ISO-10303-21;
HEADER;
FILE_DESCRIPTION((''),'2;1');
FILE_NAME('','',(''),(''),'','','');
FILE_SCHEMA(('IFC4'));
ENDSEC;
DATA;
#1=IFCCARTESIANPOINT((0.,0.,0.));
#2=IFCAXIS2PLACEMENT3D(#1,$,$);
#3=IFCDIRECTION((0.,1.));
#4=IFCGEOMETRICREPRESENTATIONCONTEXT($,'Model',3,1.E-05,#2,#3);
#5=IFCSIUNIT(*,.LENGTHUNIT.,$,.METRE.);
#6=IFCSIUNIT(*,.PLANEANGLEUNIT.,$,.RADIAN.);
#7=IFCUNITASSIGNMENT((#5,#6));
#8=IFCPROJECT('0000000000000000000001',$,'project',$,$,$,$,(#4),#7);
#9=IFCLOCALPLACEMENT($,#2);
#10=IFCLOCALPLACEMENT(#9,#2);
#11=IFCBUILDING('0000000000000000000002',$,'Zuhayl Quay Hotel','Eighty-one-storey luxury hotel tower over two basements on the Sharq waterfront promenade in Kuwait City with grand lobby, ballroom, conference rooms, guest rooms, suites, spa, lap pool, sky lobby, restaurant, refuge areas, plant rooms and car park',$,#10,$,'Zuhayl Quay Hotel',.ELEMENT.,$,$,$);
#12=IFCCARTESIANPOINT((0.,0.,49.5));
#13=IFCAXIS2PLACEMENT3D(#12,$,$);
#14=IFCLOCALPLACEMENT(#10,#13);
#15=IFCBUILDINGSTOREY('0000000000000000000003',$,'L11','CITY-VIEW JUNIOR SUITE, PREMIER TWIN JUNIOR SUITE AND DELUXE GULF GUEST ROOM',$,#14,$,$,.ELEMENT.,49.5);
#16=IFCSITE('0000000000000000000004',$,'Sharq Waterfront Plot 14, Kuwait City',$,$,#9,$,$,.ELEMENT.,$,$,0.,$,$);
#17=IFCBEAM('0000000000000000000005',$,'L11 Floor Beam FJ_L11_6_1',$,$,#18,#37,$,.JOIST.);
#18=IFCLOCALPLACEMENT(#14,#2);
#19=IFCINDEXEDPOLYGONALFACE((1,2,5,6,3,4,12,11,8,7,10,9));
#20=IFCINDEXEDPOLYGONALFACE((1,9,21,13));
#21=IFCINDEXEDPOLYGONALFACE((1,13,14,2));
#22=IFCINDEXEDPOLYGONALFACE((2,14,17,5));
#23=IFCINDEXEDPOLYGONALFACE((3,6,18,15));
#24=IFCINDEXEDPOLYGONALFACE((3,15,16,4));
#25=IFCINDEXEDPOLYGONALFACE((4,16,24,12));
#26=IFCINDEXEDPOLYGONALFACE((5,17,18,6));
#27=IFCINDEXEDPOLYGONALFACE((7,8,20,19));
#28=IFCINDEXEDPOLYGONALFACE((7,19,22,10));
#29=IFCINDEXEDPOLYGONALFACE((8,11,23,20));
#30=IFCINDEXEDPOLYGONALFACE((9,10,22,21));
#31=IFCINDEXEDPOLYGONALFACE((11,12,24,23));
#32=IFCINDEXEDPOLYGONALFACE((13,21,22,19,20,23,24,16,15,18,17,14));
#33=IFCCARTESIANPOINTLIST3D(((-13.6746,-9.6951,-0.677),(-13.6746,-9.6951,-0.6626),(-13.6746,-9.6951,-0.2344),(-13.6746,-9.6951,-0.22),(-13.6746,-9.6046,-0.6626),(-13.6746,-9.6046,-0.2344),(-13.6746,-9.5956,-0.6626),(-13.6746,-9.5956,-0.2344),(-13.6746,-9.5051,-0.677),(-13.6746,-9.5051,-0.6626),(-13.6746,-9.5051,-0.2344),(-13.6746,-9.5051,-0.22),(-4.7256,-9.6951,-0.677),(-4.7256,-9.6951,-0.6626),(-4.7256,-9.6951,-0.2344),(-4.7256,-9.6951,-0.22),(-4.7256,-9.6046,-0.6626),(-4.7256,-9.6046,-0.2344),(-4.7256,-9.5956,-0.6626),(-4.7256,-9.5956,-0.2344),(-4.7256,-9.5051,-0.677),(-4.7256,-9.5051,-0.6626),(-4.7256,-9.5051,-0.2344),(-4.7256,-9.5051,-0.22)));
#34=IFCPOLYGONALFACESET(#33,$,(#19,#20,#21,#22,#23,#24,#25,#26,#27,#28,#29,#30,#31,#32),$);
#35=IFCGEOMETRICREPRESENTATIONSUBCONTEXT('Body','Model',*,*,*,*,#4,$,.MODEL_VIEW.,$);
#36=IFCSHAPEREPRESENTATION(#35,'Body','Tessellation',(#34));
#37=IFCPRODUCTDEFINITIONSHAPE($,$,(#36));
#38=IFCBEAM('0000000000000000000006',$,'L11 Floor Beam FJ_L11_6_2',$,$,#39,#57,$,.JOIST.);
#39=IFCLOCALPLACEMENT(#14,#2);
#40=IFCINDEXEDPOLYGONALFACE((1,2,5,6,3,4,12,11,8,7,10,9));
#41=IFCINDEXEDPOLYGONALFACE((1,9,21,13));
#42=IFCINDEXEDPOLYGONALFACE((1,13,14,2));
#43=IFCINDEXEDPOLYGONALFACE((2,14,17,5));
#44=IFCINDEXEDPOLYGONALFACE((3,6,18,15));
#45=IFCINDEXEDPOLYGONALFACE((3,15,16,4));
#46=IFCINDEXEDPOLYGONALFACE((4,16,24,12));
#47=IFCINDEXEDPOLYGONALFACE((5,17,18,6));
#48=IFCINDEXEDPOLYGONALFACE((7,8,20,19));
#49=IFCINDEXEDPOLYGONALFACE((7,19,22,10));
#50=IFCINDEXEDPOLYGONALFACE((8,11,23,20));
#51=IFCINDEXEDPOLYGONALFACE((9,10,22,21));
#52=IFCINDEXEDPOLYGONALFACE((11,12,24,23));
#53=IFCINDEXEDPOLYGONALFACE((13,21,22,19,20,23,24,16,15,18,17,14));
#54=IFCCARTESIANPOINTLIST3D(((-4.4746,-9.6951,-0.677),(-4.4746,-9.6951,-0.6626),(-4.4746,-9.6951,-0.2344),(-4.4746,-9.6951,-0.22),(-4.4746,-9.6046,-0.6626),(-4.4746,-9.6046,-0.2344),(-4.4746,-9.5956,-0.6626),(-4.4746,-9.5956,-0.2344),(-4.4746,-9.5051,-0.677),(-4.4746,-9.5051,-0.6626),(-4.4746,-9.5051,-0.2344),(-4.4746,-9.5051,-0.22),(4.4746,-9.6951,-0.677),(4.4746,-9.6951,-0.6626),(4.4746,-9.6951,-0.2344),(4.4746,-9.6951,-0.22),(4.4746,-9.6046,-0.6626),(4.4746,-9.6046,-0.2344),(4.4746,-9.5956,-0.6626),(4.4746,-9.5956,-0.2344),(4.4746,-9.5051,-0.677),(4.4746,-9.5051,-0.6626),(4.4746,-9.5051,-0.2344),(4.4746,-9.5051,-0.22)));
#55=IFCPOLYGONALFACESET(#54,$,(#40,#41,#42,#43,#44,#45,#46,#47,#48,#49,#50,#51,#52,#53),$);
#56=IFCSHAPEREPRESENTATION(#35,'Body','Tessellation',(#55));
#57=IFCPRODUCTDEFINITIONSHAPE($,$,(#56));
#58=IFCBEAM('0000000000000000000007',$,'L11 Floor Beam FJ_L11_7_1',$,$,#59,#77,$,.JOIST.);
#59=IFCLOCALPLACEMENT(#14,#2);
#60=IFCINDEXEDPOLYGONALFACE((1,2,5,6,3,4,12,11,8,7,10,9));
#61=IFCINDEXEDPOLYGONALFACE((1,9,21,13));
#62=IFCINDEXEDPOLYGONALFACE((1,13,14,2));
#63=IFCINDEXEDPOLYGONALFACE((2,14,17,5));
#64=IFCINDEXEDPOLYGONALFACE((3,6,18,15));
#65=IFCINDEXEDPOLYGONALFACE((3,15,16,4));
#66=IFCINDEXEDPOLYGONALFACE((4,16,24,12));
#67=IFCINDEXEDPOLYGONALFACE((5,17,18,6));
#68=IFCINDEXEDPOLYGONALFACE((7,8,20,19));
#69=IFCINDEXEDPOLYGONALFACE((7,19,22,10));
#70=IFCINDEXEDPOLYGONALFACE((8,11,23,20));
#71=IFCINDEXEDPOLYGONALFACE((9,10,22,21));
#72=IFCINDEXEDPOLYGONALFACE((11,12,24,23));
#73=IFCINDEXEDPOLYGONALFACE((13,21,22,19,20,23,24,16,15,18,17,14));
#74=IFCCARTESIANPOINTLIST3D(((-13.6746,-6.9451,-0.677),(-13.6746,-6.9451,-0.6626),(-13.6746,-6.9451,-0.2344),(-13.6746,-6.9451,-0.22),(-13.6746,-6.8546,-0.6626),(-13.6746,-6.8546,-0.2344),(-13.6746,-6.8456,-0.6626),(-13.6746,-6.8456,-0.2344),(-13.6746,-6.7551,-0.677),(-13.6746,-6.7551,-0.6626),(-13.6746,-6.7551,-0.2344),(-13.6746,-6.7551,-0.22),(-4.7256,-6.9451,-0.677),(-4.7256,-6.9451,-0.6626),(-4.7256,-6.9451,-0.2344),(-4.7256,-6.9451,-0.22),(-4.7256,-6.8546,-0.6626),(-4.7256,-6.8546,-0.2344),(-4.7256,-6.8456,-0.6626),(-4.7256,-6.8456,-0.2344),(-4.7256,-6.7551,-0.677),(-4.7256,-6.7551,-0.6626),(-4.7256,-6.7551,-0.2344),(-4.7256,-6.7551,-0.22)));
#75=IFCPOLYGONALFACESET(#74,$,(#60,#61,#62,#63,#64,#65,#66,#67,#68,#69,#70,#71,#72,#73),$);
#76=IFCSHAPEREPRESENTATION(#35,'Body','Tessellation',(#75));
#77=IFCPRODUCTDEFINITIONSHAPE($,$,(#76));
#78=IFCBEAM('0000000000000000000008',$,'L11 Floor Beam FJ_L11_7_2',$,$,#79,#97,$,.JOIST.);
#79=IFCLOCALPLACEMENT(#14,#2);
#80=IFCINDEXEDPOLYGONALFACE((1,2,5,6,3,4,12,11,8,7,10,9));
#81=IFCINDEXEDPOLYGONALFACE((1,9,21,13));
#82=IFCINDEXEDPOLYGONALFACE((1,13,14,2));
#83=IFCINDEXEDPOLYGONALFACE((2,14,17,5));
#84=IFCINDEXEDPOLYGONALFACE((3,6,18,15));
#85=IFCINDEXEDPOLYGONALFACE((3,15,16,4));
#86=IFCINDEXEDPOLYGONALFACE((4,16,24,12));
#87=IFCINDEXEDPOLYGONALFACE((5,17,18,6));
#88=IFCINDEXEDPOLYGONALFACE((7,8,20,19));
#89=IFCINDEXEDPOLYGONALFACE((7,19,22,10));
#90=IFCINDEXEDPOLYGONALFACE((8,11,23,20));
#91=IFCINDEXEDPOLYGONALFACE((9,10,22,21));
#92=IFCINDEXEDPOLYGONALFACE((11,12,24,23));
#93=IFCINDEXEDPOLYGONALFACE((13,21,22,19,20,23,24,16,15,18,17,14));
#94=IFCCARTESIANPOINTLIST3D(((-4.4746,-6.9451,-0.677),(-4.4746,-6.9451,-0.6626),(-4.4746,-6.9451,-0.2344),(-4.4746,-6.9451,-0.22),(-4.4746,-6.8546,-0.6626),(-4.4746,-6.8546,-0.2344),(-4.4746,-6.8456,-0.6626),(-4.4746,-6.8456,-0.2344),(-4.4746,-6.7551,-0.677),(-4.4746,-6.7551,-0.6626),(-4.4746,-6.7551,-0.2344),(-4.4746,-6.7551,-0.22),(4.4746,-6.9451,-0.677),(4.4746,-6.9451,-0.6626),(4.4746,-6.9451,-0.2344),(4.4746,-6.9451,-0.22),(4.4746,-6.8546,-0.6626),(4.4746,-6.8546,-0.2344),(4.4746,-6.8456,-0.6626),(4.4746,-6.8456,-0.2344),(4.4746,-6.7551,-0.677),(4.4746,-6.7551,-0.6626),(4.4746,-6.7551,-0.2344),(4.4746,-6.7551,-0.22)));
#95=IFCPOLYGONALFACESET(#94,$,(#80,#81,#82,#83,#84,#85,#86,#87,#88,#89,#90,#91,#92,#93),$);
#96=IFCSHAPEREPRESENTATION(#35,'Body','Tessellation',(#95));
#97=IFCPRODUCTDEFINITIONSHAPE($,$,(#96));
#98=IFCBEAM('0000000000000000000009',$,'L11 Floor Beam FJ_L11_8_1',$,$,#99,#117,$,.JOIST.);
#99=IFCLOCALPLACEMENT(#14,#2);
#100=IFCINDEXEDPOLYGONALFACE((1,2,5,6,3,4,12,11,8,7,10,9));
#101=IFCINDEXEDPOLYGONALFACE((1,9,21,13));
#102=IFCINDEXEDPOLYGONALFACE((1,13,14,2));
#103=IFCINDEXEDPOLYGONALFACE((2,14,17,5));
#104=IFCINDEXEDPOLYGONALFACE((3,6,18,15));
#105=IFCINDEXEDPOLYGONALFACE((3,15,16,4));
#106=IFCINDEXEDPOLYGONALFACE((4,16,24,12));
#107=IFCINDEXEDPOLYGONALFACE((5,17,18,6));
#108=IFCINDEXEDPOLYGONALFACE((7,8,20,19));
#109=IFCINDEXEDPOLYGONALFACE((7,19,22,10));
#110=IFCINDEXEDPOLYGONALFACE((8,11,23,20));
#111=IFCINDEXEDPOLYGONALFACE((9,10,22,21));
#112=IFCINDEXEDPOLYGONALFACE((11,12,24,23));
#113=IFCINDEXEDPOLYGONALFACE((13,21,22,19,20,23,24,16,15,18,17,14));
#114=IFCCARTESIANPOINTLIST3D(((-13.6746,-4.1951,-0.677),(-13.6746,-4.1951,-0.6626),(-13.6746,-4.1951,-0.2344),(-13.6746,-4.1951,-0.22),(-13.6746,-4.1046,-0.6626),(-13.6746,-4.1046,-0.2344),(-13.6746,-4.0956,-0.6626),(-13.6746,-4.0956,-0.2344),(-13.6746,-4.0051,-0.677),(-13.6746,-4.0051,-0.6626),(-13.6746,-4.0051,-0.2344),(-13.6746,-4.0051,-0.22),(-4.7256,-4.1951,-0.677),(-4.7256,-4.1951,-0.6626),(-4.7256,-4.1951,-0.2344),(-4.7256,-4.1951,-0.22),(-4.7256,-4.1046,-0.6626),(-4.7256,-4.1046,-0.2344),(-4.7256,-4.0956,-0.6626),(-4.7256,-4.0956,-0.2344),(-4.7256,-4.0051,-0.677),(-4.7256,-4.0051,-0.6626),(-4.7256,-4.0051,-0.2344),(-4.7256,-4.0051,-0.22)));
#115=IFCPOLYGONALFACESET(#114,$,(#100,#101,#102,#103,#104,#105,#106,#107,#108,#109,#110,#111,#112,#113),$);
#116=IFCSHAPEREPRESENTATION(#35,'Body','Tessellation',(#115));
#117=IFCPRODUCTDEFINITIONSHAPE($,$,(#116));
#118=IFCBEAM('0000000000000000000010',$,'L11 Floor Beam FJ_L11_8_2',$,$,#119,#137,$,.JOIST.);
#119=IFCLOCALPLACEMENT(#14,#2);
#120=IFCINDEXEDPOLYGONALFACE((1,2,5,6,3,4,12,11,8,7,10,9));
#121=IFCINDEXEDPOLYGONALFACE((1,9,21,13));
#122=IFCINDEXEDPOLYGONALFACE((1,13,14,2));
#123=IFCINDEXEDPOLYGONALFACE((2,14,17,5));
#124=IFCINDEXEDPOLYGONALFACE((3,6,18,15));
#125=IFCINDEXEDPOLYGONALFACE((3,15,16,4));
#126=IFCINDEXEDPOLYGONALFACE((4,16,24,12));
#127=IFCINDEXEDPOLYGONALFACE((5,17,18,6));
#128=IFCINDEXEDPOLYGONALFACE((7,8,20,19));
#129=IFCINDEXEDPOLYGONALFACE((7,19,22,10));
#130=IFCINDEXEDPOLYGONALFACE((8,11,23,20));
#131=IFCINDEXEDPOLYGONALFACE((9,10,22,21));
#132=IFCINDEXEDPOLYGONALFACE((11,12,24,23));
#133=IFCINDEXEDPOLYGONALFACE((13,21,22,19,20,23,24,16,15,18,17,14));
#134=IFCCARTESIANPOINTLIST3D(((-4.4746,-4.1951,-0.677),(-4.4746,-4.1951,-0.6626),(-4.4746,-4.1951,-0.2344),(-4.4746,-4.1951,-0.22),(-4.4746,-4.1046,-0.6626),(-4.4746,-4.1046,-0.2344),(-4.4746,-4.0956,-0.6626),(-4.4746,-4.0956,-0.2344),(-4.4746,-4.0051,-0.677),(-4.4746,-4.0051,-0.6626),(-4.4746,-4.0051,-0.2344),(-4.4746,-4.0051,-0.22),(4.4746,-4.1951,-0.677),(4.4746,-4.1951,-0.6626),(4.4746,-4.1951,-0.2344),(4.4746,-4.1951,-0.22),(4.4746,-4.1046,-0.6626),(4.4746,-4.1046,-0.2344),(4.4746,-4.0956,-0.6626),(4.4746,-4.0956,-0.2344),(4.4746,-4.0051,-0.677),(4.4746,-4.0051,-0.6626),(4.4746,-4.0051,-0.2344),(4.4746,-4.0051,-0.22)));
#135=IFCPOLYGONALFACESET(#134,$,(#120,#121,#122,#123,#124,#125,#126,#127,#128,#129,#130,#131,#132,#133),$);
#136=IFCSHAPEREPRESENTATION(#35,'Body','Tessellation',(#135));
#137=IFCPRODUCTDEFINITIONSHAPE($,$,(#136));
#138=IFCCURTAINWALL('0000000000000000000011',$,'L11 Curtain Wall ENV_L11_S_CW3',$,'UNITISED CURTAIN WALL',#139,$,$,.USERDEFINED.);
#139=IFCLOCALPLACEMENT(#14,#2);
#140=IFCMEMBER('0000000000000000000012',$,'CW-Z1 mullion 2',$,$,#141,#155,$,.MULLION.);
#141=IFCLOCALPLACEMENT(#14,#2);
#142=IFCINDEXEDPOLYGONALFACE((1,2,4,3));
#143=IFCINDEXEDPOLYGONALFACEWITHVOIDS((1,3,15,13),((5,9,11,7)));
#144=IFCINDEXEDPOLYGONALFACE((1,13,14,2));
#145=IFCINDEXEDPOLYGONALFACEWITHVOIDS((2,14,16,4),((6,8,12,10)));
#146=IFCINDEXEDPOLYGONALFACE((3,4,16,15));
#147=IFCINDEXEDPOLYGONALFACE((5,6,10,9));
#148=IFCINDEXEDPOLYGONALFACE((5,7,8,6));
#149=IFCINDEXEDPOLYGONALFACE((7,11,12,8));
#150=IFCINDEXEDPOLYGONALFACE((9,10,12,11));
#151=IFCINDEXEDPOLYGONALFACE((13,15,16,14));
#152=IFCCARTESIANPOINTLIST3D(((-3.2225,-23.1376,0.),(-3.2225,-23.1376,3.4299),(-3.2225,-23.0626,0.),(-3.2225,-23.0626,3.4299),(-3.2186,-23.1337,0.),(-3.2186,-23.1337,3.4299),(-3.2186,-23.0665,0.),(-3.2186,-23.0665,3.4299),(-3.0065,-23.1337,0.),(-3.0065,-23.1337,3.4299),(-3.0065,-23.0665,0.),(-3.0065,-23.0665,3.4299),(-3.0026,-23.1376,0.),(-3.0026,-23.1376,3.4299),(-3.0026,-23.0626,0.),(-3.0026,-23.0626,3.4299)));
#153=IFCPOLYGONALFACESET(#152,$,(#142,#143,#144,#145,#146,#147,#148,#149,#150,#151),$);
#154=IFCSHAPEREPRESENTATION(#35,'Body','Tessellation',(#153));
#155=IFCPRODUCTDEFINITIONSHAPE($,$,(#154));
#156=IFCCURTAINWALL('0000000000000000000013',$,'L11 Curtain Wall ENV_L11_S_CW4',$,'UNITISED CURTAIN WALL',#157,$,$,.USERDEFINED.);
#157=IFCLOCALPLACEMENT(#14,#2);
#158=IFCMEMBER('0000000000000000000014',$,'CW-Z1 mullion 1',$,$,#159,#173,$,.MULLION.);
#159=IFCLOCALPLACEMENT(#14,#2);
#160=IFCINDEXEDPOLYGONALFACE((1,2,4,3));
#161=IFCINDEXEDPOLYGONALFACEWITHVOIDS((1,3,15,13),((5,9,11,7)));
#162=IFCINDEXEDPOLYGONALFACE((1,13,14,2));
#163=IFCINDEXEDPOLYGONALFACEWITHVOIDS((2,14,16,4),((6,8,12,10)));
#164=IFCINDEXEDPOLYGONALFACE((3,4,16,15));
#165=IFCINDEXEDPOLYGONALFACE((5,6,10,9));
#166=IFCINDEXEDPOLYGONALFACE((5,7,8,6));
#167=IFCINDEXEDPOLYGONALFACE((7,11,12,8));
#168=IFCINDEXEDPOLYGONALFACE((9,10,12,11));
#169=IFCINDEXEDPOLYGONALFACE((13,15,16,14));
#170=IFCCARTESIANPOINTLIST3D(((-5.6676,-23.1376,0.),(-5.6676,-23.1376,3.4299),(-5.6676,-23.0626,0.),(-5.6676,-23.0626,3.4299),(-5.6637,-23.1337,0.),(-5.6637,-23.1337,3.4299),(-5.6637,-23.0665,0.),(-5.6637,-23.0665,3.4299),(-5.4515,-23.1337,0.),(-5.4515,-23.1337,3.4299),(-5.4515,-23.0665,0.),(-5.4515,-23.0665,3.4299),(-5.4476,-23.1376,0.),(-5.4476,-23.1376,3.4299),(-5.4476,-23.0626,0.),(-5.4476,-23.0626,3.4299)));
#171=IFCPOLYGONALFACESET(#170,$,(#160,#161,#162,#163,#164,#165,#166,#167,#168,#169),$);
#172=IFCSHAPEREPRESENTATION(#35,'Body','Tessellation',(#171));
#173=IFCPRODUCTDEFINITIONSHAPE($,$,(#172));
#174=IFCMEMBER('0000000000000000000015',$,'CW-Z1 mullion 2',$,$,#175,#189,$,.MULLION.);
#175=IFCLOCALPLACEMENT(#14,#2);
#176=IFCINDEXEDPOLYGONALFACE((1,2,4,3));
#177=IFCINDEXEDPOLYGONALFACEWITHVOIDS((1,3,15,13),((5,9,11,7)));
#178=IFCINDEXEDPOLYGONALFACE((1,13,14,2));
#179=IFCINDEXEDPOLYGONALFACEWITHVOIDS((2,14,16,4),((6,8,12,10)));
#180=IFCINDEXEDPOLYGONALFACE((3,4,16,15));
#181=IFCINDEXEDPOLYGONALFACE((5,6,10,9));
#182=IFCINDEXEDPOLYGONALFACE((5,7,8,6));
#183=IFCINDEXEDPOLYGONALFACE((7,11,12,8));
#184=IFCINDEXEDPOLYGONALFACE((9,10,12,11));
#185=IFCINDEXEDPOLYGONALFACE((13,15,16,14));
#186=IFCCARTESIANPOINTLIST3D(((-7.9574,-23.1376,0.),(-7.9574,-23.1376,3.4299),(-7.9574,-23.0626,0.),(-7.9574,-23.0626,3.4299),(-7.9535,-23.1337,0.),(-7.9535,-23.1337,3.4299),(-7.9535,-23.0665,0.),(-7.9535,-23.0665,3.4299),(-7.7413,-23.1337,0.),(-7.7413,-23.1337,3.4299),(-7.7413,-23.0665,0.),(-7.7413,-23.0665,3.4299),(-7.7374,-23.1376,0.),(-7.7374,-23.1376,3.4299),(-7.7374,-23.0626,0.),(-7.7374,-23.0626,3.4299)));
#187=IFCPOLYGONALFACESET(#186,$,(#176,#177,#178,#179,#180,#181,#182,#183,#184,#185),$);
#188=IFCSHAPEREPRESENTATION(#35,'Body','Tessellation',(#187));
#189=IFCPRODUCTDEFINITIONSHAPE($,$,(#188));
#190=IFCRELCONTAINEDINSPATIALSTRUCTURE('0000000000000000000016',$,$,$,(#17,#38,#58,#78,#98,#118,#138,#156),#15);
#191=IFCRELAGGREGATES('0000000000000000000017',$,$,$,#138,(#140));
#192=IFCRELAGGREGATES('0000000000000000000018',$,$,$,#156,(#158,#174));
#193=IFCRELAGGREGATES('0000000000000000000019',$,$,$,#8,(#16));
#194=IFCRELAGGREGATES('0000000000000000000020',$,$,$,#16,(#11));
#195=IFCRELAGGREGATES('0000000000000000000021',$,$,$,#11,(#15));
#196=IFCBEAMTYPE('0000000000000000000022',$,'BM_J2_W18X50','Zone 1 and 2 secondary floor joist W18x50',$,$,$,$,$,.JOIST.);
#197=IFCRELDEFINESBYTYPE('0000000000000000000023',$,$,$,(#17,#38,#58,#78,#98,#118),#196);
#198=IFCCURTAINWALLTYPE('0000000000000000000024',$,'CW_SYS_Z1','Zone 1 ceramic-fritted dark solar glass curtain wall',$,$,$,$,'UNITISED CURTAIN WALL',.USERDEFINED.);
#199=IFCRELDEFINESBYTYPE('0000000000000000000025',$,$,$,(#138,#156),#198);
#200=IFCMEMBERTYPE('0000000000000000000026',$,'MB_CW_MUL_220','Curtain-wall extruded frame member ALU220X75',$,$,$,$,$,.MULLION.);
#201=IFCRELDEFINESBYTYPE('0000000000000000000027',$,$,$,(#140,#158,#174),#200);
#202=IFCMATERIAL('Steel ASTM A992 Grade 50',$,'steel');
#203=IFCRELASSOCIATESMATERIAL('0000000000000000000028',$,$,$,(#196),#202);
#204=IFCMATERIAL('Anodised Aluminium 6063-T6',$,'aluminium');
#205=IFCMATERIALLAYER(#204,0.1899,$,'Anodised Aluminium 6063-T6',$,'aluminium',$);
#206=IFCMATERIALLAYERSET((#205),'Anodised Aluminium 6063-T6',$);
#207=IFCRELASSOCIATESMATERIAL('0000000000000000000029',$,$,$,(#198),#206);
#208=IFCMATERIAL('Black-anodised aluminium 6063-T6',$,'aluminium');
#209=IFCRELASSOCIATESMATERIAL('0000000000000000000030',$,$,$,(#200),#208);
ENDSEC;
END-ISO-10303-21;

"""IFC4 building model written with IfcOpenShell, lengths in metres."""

from ifc_helpers import new_model, si_unit, direction, frame, origin, origin_2d, place, context, subcontext, project, spatial, hollow_rectangle, i_section, extrude, material, layer, layer_set, material_profile, profile_set, type_object, element, aggregate, save


model = new_model("IFC4")

# Units and contexts
model_context = context("Model", 3, precision=1e-05, world=origin(), true_north=direction((0.0, 1.0)))
body_context = subcontext(model_context, "Body", "Model", "MODEL_VIEW")
ifc_project = project(units=[si_unit("LENGTHUNIT", "METRE"), si_unit("PLANEANGLEUNIT", "RADIAN")], contexts=[model_context])

# Site, building, storey
site_placement = place(None, origin())
site = spatial("IfcSite", under=ifc_project, at=site_placement, Name="Sharq Waterfront Plot 14, Kuwait City", CompositionType="ELEMENT", RefElevation=0.0)
building_placement = place(site_placement, origin())
building = spatial("IfcBuilding", under=site, at=building_placement, Name="Zuhayl Quay Hotel", Description="Eighty-one-storey luxury hotel tower over two basements on the Sharq waterfront promenade in Kuwait City with grand lobby, ballroom, conference rooms, guest rooms, suites, spa, lap pool, sky lobby, restaurant, refuge areas, plant rooms and car park", LongName="Zuhayl Quay Hotel", CompositionType="ELEMENT")
storey_placement = place(building_placement, frame((0.0, 0.0, 49.5)))
storey = spatial("IfcBuildingStorey", under=building, at=storey_placement, Name="L11", Description="CITY-VIEW JUNIOR SUITE, PREMIER TWIN JUNIOR SUITE AND DELUXE GULF GUEST ROOM", CompositionType="ELEMENT", Elevation=49.5)

# Beams
ifc_material_1 = material(Name="Steel ASTM A992 Grade 50", Category="steel")
ifc_material_profile_1 = material_profile(ifc_material_1, i_section(OverallWidth=0.1899, OverallDepth=0.457, WebThickness=0.009, FlangeThickness=0.0144, at=origin_2d()), Name="W18X50")
ifc_profile_set_1 = profile_set([ifc_material_profile_1], Name="Steel ASTM A992 Grade 50")
beam_type_1 = type_object("IfcBeamType", Name="BM_J2_W18X50", Description="Zone 1 and 2 secondary floor joist W18x50", PredefinedType="JOIST", material=ifc_profile_set_1)
beam_1_placement = place(storey_placement, frame((-13.6746, -9.6001, -0.4485), z_axis=(1.0, 0.0, 0.0), x_axis=(0.0, 1.0, 0.0)))
element("IfcBeam", 1, at=beam_1_placement, inside=storey, type_object=beam_type_1, Name="L11 Floor Beam FJ_L11_6_1", PredefinedType="JOIST", context=body_context, shape_type="SweptSolid", body=[
    extrude(i_section(OverallWidth=0.1899, OverallDepth=0.457, WebThickness=0.009, FlangeThickness=0.0144, at=origin_2d()), origin(), (0.0, 0.0, 1.0), 8.949),
])
beam_2_placement = place(storey_placement, frame((-4.4746, -9.6001, -0.4485), z_axis=(1.0, 0.0, 0.0), x_axis=(0.0, 1.0, 0.0)))
element("IfcBeam", 2, at=beam_2_placement, inside=storey, type_object=beam_type_1, Name="L11 Floor Beam FJ_L11_6_2", PredefinedType="JOIST", context=body_context, shape_type="SweptSolid", body=[
    extrude(i_section(OverallWidth=0.1899, OverallDepth=0.457, WebThickness=0.009, FlangeThickness=0.0144, at=origin_2d()), origin(), (0.0, 0.0, 1.0), 8.9492),
])
beam_3_placement = place(storey_placement, frame((-13.6746, -6.8501, -0.4485), z_axis=(1.0, 0.0, 0.0), x_axis=(0.0, 1.0, 0.0)))
element("IfcBeam", 3, at=beam_3_placement, inside=storey, type_object=beam_type_1, Name="L11 Floor Beam FJ_L11_7_1", PredefinedType="JOIST", context=body_context, shape_type="SweptSolid", body=[
    extrude(i_section(OverallWidth=0.1899, OverallDepth=0.457, WebThickness=0.009, FlangeThickness=0.0144, at=origin_2d()), origin(), (0.0, 0.0, 1.0), 8.949),
])
beam_4_placement = place(storey_placement, frame((-4.4746, -6.8501, -0.4485), z_axis=(1.0, 0.0, 0.0), x_axis=(0.0, 1.0, 0.0)))
element("IfcBeam", 4, at=beam_4_placement, inside=storey, type_object=beam_type_1, Name="L11 Floor Beam FJ_L11_7_2", PredefinedType="JOIST", context=body_context, shape_type="SweptSolid", body=[
    extrude(i_section(OverallWidth=0.1899, OverallDepth=0.457, WebThickness=0.009, FlangeThickness=0.0144, at=origin_2d()), origin(), (0.0, 0.0, 1.0), 8.9492),
])
beam_5_placement = place(storey_placement, frame((-13.6746, -4.1001, -0.4485), z_axis=(1.0, 0.0, 0.0), x_axis=(0.0, 1.0, 0.0)))
element("IfcBeam", 5, at=beam_5_placement, inside=storey, type_object=beam_type_1, Name="L11 Floor Beam FJ_L11_8_1", PredefinedType="JOIST", context=body_context, shape_type="SweptSolid", body=[
    extrude(i_section(OverallWidth=0.1899, OverallDepth=0.457, WebThickness=0.009, FlangeThickness=0.0144, at=origin_2d()), origin(), (0.0, 0.0, 1.0), 8.949),
])
beam_6_placement = place(storey_placement, frame((-4.4746, -4.1001, -0.4485), z_axis=(1.0, 0.0, 0.0), x_axis=(0.0, 1.0, 0.0)))
element("IfcBeam", 6, at=beam_6_placement, inside=storey, type_object=beam_type_1, Name="L11 Floor Beam FJ_L11_8_2", PredefinedType="JOIST", context=body_context, shape_type="SweptSolid", body=[
    extrude(i_section(OverallWidth=0.1899, OverallDepth=0.457, WebThickness=0.009, FlangeThickness=0.0144, at=origin_2d()), origin(), (0.0, 0.0, 1.0), 8.9492),
])

# Curtain wall, member
ifc_material_2 = material(Name="Anodised Aluminium 6063-T6", Category="aluminium")
ifc_layer_1 = layer(ifc_material_2, 0.1899, Name="Anodised Aluminium 6063-T6", Category="aluminium")
ifc_layer_set_1 = layer_set([ifc_layer_1], Name="Anodised Aluminium 6063-T6")
curtain_wall_type = type_object("IfcCurtainWallType", Name="CW_SYS_Z1", Description="Zone 1 ceramic-fritted dark solar glass curtain wall", ElementType="UNITISED CURTAIN WALL", PredefinedType="USERDEFINED", material=ifc_layer_set_1)
curtain_wall_1_placement = place(storey_placement, origin())
curtain_wall_1 = element("IfcCurtainWall", 7, at=curtain_wall_1_placement, inside=storey, type_object=curtain_wall_type, Name="L11 Curtain Wall ENV_L11_S_CW3", ObjectType="UNITISED CURTAIN WALL", PredefinedType="USERDEFINED")
ifc_material_3 = material(Name="Black-anodised aluminium 6063-T6", Category="aluminium")
ifc_material_profile_2 = material_profile(ifc_material_3, hollow_rectangle(XDim=0.075, YDim=0.22, WallThickness=0.0039, at=origin_2d()), Name="ALU220X75")
ifc_profile_set_2 = profile_set([ifc_material_profile_2], Name="Black-anodised aluminium 6063-T6")
member_type_1 = type_object("IfcMemberType", Name="MB_CW_MUL_220", Description="Curtain-wall extruded frame member ALU220X75", PredefinedType="MULLION", material=ifc_profile_set_2)
member_1_placement = place(storey_placement, frame((-3.1125, -23.1001, 0.0), z_axis=(0.0, 0.0, 1.0), x_axis=(0.0, -1.0, 0.0)))
member_1 = element("IfcMember", 8, at=member_1_placement, type_object=member_type_1, Name="CW-Z1 mullion 2", PredefinedType="MULLION", context=body_context, shape_type="SweptSolid", body=[
    extrude(hollow_rectangle(XDim=0.075, YDim=0.22, WallThickness=0.0039, at=origin_2d()), origin(), (0.0, 0.0, 1.0), 3.4299),
])
aggregate(curtain_wall_1, [member_1])

# Curtain wall, members
curtain_wall_2_placement = place(storey_placement, origin())
curtain_wall_2 = element("IfcCurtainWall", 9, at=curtain_wall_2_placement, inside=storey, type_object=curtain_wall_type, Name="L11 Curtain Wall ENV_L11_S_CW4", ObjectType="UNITISED CURTAIN WALL", PredefinedType="USERDEFINED")
member_2_placement = place(storey_placement, frame((-5.5576, -23.1001, 0.0), z_axis=(0.0, 0.0, 1.0), x_axis=(0.0, -1.0, 0.0)))
member_2 = element("IfcMember", 10, at=member_2_placement, type_object=member_type_1, Name="CW-Z1 mullion 1", PredefinedType="MULLION", context=body_context, shape_type="SweptSolid", body=[
    extrude(hollow_rectangle(XDim=0.075, YDim=0.22, WallThickness=0.0039, at=origin_2d()), origin(), (0.0, 0.0, 1.0), 3.4299),
])
member_3_placement = place(storey_placement, frame((-7.8474, -23.1001, 0.0), z_axis=(0.0, 0.0, 1.0), x_axis=(0.0, -1.0, 0.0)))
member_3 = element("IfcMember", 11, at=member_3_placement, type_object=member_type_1, Name="CW-Z1 mullion 2", PredefinedType="MULLION", context=body_context, shape_type="SweptSolid", body=[
    extrude(hollow_rectangle(XDim=0.075, YDim=0.22, WallThickness=0.0039, at=origin_2d()), origin(), (0.0, 0.0, 1.0), 3.4299),
])
aggregate(curtain_wall_2, [member_2, member_3])

save(model, "model.ifc")
